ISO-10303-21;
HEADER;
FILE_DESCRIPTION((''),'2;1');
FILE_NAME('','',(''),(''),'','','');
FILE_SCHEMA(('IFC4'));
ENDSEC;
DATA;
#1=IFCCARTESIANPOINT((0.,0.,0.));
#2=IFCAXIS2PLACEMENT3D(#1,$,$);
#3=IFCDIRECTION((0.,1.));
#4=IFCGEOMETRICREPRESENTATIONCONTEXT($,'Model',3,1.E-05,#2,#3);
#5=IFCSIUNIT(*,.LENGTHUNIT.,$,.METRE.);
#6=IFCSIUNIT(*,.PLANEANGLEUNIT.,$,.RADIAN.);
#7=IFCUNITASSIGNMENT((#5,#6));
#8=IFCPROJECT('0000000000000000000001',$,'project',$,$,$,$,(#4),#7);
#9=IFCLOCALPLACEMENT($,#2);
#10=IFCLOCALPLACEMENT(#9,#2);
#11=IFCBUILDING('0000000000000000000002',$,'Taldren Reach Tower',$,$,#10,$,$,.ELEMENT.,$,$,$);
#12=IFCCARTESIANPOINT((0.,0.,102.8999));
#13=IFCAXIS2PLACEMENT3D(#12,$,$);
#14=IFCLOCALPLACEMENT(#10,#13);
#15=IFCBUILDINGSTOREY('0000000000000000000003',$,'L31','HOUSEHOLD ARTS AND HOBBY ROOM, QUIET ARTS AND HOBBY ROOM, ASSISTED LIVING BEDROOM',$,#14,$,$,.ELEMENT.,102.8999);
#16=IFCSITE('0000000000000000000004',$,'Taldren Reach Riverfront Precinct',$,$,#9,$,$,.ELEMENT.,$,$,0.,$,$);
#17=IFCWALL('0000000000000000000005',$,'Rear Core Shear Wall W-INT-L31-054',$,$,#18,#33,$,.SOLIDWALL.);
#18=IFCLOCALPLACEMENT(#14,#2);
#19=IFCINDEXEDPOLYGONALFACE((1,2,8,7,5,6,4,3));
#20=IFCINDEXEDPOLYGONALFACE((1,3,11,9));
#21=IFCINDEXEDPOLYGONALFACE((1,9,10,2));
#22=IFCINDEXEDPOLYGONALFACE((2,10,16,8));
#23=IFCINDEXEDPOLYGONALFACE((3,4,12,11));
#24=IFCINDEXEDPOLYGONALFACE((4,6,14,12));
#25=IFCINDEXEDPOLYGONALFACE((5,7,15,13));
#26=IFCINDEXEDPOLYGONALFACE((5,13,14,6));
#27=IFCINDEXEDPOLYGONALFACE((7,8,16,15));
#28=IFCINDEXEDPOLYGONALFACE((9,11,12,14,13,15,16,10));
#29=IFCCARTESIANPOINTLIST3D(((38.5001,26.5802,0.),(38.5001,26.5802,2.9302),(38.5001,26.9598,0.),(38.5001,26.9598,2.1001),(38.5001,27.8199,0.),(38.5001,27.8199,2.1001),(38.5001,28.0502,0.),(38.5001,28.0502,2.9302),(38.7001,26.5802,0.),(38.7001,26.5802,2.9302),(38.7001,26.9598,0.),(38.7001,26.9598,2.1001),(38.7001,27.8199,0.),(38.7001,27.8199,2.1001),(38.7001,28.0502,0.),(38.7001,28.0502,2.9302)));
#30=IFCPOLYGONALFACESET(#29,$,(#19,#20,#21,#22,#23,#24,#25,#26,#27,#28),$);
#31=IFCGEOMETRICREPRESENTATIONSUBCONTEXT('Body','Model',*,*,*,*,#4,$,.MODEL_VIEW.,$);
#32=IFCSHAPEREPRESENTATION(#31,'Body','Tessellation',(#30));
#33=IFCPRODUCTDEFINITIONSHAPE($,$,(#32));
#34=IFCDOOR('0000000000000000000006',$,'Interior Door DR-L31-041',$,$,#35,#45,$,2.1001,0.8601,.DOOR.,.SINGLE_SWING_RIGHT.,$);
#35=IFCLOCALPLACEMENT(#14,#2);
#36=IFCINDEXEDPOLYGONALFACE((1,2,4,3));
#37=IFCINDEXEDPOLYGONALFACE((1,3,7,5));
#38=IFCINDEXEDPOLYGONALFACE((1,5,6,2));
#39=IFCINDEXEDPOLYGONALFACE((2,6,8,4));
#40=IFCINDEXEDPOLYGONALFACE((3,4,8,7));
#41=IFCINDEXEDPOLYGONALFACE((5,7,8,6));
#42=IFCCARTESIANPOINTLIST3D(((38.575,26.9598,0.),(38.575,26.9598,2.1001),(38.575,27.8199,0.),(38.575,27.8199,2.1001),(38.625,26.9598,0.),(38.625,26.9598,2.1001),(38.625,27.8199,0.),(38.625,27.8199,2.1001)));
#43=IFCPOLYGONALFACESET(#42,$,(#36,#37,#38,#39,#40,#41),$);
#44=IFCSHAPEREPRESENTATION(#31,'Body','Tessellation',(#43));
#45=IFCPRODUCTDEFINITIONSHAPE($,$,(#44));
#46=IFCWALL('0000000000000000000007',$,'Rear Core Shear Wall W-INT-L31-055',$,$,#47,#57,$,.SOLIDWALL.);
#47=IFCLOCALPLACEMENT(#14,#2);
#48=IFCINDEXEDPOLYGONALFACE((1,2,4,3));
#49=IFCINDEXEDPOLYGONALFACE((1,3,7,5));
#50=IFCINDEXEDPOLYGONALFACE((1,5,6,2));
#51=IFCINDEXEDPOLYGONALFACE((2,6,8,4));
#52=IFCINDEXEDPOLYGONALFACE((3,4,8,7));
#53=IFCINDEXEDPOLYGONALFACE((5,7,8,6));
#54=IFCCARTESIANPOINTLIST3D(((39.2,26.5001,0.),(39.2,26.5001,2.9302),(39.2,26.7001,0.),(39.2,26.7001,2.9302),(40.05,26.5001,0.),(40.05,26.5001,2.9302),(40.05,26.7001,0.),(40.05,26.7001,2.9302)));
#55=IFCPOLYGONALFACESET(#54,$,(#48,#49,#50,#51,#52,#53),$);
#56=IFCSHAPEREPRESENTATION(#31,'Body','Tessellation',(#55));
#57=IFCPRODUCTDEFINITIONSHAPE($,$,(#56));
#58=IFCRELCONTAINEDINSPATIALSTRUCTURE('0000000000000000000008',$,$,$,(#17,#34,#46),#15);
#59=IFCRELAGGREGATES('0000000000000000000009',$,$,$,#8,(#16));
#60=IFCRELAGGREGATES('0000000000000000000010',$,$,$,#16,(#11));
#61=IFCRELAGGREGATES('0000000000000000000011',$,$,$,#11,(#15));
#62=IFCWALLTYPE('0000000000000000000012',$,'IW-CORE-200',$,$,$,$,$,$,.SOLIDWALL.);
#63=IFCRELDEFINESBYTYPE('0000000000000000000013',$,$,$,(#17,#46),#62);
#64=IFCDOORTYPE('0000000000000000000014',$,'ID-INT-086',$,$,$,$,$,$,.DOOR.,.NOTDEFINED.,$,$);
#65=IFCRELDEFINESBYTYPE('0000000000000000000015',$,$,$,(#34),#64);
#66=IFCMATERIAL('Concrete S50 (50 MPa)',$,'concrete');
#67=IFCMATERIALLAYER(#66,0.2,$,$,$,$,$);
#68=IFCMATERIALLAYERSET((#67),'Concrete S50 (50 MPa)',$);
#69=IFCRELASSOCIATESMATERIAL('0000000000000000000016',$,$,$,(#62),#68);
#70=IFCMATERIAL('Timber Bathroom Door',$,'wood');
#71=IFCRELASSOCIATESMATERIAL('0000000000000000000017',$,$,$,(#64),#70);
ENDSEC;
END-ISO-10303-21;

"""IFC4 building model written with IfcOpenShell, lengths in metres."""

from ifc_helpers import new_model, si_unit, direction, frame, frame_2d, origin, place, context, subcontext, project, spatial, rectangle, extrude, source, transform, mapped, material, layer, layer_set, type_object, element, fill, save


model = new_model("IFC4")

# Units and contexts
model_context = context("Model", 3, precision=1e-05, world=origin(), true_north=direction((0.0, 1.0)))
body_context = subcontext(model_context, "Body", "Model", "MODEL_VIEW")
ifc_project = project(units=[si_unit("LENGTHUNIT", "METRE"), si_unit("PLANEANGLEUNIT", "RADIAN")], contexts=[model_context])

# Site, building, storey
site_placement = place(None, origin())
site = spatial("IfcSite", under=ifc_project, at=site_placement, Name="Taldren Reach Riverfront Precinct", CompositionType="ELEMENT", RefElevation=0.0)
building_placement = place(site_placement, origin())
building = spatial("IfcBuilding", under=site, at=building_placement, Name="Taldren Reach Tower", CompositionType="ELEMENT")
storey_placement = place(building_placement, frame((0.0, 0.0, 102.8999)))
storey = spatial("IfcBuildingStorey", under=building, at=storey_placement, Name="L31", Description="HOUSEHOLD ARTS AND HOBBY ROOM, QUIET ARTS AND HOBBY ROOM, ASSISTED LIVING BEDROOM", CompositionType="ELEMENT", Elevation=102.8999)

# Shared definitions
ifc_material_1 = material(Name="Concrete S50 (50 MPa)", Category="concrete")
ifc_layer_1 = layer(ifc_material_1, 0.2)
ifc_layer_set_1 = layer_set([ifc_layer_1], Name="Concrete S50 (50 MPa)")
wall_type_1 = type_object("IfcWallType", Name="IW-CORE-200", PredefinedType="SOLIDWALL", material=ifc_layer_set_1)

# Wall, opening, door
shared_shape_1 = source(origin(), body_context, "Body", "SweptSolid", [
    extrude(rectangle(XDim=1.47, YDim=0.2, at=frame_2d((0.7349, 0.0))), origin(), (0.0, 0.0, 1.0), 2.9302),
])
wall_1_placement = place(storey_placement, frame((38.6001, 28.05, 0.0), z_axis=(0.0, 0.0, 1.0), x_axis=(0.0, -1.0, 0.0)))
wall_1 = element("IfcWall", 1, at=wall_1_placement, inside=storey, type_object=wall_type_1, Name="Rear Core Shear Wall W-INT-L31-054", PredefinedType="SOLIDWALL", context=body_context, shape_type="MappedRepresentation", body=[
    mapped(shared_shape_1, transform((0.0, 0.0, 0.0), scale=1.0)),
])
shared_shape_2 = source(origin(), body_context, "Body", "SweptSolid", [
    extrude(rectangle(XDim=0.8601, YDim=2.1001, at=frame_2d((0.4302, 1.05))), frame((0.0, 0.1099, 0.0), z_axis=(0.0, -1.0, 0.0), x_axis=(1.0, 0.0, 0.0)), (0.0, 0.0, 1.0), 0.22),
])
opening_1_placement = place(wall_1_placement, frame((0.23, 0.0, 0.0)))
opening_1 = element("IfcOpeningElement", 2, at=opening_1_placement, cuts=wall_1, PredefinedType="OPENING", context=body_context, shape_type="MappedRepresentation", body=[
    mapped(shared_shape_2, transform((0.0, 0.0, 0.0), scale=1.0)),
])
ifc_material_2 = material(Name="Timber Bathroom Door", Category="wood")
door_type_1 = type_object("IfcDoorType", Name="ID-INT-086", OperationType="NOTDEFINED", PredefinedType="DOOR", material=ifc_material_2)
shared_shape_3 = source(origin(), body_context, "Body", "SweptSolid", [
    extrude(rectangle(XDim=0.8601, YDim=2.1001, at=frame_2d((0.4302, 1.05))), frame((0.0, 0.0249, 0.0), z_axis=(0.0, -1.0, 0.0), x_axis=(1.0, 0.0, 0.0)), (0.0, 0.0, 1.0), 0.05),
])
door_1_placement = place(opening_1_placement, origin())
door_1 = element("IfcDoor", 3, at=door_1_placement, inside=storey, type_object=door_type_1, Name="Interior Door DR-L31-041", OperationType="SINGLE_SWING_RIGHT", OverallHeight=2.1001, OverallWidth=0.8601, PredefinedType="DOOR", context=body_context, shape_type="MappedRepresentation", body=[
    mapped(shared_shape_3, transform((0.0, 0.0, 0.0), scale=1.0)),
])
fill(opening_1, door_1)

# Wall
shared_shape_4 = source(origin(), body_context, "Body", "SweptSolid", [
    extrude(rectangle(XDim=0.8501, YDim=0.2, at=frame_2d((0.425, 0.0))), origin(), (0.0, 0.0, 1.0), 2.9302),
])
wall_2_placement = place(storey_placement, frame((39.2, 26.6001, 0.0), z_axis=(0.0, 0.0, 1.0), x_axis=(1.0, 0.0, 0.0)))
element("IfcWall", 4, at=wall_2_placement, inside=storey, type_object=wall_type_1, Name="Rear Core Shear Wall W-INT-L31-055", PredefinedType="SOLIDWALL", context=body_context, shape_type="MappedRepresentation", body=[
    mapped(shared_shape_4, transform((0.0, 0.0, 0.0), scale=1.0)),
])

save(model, "model.ifc")
